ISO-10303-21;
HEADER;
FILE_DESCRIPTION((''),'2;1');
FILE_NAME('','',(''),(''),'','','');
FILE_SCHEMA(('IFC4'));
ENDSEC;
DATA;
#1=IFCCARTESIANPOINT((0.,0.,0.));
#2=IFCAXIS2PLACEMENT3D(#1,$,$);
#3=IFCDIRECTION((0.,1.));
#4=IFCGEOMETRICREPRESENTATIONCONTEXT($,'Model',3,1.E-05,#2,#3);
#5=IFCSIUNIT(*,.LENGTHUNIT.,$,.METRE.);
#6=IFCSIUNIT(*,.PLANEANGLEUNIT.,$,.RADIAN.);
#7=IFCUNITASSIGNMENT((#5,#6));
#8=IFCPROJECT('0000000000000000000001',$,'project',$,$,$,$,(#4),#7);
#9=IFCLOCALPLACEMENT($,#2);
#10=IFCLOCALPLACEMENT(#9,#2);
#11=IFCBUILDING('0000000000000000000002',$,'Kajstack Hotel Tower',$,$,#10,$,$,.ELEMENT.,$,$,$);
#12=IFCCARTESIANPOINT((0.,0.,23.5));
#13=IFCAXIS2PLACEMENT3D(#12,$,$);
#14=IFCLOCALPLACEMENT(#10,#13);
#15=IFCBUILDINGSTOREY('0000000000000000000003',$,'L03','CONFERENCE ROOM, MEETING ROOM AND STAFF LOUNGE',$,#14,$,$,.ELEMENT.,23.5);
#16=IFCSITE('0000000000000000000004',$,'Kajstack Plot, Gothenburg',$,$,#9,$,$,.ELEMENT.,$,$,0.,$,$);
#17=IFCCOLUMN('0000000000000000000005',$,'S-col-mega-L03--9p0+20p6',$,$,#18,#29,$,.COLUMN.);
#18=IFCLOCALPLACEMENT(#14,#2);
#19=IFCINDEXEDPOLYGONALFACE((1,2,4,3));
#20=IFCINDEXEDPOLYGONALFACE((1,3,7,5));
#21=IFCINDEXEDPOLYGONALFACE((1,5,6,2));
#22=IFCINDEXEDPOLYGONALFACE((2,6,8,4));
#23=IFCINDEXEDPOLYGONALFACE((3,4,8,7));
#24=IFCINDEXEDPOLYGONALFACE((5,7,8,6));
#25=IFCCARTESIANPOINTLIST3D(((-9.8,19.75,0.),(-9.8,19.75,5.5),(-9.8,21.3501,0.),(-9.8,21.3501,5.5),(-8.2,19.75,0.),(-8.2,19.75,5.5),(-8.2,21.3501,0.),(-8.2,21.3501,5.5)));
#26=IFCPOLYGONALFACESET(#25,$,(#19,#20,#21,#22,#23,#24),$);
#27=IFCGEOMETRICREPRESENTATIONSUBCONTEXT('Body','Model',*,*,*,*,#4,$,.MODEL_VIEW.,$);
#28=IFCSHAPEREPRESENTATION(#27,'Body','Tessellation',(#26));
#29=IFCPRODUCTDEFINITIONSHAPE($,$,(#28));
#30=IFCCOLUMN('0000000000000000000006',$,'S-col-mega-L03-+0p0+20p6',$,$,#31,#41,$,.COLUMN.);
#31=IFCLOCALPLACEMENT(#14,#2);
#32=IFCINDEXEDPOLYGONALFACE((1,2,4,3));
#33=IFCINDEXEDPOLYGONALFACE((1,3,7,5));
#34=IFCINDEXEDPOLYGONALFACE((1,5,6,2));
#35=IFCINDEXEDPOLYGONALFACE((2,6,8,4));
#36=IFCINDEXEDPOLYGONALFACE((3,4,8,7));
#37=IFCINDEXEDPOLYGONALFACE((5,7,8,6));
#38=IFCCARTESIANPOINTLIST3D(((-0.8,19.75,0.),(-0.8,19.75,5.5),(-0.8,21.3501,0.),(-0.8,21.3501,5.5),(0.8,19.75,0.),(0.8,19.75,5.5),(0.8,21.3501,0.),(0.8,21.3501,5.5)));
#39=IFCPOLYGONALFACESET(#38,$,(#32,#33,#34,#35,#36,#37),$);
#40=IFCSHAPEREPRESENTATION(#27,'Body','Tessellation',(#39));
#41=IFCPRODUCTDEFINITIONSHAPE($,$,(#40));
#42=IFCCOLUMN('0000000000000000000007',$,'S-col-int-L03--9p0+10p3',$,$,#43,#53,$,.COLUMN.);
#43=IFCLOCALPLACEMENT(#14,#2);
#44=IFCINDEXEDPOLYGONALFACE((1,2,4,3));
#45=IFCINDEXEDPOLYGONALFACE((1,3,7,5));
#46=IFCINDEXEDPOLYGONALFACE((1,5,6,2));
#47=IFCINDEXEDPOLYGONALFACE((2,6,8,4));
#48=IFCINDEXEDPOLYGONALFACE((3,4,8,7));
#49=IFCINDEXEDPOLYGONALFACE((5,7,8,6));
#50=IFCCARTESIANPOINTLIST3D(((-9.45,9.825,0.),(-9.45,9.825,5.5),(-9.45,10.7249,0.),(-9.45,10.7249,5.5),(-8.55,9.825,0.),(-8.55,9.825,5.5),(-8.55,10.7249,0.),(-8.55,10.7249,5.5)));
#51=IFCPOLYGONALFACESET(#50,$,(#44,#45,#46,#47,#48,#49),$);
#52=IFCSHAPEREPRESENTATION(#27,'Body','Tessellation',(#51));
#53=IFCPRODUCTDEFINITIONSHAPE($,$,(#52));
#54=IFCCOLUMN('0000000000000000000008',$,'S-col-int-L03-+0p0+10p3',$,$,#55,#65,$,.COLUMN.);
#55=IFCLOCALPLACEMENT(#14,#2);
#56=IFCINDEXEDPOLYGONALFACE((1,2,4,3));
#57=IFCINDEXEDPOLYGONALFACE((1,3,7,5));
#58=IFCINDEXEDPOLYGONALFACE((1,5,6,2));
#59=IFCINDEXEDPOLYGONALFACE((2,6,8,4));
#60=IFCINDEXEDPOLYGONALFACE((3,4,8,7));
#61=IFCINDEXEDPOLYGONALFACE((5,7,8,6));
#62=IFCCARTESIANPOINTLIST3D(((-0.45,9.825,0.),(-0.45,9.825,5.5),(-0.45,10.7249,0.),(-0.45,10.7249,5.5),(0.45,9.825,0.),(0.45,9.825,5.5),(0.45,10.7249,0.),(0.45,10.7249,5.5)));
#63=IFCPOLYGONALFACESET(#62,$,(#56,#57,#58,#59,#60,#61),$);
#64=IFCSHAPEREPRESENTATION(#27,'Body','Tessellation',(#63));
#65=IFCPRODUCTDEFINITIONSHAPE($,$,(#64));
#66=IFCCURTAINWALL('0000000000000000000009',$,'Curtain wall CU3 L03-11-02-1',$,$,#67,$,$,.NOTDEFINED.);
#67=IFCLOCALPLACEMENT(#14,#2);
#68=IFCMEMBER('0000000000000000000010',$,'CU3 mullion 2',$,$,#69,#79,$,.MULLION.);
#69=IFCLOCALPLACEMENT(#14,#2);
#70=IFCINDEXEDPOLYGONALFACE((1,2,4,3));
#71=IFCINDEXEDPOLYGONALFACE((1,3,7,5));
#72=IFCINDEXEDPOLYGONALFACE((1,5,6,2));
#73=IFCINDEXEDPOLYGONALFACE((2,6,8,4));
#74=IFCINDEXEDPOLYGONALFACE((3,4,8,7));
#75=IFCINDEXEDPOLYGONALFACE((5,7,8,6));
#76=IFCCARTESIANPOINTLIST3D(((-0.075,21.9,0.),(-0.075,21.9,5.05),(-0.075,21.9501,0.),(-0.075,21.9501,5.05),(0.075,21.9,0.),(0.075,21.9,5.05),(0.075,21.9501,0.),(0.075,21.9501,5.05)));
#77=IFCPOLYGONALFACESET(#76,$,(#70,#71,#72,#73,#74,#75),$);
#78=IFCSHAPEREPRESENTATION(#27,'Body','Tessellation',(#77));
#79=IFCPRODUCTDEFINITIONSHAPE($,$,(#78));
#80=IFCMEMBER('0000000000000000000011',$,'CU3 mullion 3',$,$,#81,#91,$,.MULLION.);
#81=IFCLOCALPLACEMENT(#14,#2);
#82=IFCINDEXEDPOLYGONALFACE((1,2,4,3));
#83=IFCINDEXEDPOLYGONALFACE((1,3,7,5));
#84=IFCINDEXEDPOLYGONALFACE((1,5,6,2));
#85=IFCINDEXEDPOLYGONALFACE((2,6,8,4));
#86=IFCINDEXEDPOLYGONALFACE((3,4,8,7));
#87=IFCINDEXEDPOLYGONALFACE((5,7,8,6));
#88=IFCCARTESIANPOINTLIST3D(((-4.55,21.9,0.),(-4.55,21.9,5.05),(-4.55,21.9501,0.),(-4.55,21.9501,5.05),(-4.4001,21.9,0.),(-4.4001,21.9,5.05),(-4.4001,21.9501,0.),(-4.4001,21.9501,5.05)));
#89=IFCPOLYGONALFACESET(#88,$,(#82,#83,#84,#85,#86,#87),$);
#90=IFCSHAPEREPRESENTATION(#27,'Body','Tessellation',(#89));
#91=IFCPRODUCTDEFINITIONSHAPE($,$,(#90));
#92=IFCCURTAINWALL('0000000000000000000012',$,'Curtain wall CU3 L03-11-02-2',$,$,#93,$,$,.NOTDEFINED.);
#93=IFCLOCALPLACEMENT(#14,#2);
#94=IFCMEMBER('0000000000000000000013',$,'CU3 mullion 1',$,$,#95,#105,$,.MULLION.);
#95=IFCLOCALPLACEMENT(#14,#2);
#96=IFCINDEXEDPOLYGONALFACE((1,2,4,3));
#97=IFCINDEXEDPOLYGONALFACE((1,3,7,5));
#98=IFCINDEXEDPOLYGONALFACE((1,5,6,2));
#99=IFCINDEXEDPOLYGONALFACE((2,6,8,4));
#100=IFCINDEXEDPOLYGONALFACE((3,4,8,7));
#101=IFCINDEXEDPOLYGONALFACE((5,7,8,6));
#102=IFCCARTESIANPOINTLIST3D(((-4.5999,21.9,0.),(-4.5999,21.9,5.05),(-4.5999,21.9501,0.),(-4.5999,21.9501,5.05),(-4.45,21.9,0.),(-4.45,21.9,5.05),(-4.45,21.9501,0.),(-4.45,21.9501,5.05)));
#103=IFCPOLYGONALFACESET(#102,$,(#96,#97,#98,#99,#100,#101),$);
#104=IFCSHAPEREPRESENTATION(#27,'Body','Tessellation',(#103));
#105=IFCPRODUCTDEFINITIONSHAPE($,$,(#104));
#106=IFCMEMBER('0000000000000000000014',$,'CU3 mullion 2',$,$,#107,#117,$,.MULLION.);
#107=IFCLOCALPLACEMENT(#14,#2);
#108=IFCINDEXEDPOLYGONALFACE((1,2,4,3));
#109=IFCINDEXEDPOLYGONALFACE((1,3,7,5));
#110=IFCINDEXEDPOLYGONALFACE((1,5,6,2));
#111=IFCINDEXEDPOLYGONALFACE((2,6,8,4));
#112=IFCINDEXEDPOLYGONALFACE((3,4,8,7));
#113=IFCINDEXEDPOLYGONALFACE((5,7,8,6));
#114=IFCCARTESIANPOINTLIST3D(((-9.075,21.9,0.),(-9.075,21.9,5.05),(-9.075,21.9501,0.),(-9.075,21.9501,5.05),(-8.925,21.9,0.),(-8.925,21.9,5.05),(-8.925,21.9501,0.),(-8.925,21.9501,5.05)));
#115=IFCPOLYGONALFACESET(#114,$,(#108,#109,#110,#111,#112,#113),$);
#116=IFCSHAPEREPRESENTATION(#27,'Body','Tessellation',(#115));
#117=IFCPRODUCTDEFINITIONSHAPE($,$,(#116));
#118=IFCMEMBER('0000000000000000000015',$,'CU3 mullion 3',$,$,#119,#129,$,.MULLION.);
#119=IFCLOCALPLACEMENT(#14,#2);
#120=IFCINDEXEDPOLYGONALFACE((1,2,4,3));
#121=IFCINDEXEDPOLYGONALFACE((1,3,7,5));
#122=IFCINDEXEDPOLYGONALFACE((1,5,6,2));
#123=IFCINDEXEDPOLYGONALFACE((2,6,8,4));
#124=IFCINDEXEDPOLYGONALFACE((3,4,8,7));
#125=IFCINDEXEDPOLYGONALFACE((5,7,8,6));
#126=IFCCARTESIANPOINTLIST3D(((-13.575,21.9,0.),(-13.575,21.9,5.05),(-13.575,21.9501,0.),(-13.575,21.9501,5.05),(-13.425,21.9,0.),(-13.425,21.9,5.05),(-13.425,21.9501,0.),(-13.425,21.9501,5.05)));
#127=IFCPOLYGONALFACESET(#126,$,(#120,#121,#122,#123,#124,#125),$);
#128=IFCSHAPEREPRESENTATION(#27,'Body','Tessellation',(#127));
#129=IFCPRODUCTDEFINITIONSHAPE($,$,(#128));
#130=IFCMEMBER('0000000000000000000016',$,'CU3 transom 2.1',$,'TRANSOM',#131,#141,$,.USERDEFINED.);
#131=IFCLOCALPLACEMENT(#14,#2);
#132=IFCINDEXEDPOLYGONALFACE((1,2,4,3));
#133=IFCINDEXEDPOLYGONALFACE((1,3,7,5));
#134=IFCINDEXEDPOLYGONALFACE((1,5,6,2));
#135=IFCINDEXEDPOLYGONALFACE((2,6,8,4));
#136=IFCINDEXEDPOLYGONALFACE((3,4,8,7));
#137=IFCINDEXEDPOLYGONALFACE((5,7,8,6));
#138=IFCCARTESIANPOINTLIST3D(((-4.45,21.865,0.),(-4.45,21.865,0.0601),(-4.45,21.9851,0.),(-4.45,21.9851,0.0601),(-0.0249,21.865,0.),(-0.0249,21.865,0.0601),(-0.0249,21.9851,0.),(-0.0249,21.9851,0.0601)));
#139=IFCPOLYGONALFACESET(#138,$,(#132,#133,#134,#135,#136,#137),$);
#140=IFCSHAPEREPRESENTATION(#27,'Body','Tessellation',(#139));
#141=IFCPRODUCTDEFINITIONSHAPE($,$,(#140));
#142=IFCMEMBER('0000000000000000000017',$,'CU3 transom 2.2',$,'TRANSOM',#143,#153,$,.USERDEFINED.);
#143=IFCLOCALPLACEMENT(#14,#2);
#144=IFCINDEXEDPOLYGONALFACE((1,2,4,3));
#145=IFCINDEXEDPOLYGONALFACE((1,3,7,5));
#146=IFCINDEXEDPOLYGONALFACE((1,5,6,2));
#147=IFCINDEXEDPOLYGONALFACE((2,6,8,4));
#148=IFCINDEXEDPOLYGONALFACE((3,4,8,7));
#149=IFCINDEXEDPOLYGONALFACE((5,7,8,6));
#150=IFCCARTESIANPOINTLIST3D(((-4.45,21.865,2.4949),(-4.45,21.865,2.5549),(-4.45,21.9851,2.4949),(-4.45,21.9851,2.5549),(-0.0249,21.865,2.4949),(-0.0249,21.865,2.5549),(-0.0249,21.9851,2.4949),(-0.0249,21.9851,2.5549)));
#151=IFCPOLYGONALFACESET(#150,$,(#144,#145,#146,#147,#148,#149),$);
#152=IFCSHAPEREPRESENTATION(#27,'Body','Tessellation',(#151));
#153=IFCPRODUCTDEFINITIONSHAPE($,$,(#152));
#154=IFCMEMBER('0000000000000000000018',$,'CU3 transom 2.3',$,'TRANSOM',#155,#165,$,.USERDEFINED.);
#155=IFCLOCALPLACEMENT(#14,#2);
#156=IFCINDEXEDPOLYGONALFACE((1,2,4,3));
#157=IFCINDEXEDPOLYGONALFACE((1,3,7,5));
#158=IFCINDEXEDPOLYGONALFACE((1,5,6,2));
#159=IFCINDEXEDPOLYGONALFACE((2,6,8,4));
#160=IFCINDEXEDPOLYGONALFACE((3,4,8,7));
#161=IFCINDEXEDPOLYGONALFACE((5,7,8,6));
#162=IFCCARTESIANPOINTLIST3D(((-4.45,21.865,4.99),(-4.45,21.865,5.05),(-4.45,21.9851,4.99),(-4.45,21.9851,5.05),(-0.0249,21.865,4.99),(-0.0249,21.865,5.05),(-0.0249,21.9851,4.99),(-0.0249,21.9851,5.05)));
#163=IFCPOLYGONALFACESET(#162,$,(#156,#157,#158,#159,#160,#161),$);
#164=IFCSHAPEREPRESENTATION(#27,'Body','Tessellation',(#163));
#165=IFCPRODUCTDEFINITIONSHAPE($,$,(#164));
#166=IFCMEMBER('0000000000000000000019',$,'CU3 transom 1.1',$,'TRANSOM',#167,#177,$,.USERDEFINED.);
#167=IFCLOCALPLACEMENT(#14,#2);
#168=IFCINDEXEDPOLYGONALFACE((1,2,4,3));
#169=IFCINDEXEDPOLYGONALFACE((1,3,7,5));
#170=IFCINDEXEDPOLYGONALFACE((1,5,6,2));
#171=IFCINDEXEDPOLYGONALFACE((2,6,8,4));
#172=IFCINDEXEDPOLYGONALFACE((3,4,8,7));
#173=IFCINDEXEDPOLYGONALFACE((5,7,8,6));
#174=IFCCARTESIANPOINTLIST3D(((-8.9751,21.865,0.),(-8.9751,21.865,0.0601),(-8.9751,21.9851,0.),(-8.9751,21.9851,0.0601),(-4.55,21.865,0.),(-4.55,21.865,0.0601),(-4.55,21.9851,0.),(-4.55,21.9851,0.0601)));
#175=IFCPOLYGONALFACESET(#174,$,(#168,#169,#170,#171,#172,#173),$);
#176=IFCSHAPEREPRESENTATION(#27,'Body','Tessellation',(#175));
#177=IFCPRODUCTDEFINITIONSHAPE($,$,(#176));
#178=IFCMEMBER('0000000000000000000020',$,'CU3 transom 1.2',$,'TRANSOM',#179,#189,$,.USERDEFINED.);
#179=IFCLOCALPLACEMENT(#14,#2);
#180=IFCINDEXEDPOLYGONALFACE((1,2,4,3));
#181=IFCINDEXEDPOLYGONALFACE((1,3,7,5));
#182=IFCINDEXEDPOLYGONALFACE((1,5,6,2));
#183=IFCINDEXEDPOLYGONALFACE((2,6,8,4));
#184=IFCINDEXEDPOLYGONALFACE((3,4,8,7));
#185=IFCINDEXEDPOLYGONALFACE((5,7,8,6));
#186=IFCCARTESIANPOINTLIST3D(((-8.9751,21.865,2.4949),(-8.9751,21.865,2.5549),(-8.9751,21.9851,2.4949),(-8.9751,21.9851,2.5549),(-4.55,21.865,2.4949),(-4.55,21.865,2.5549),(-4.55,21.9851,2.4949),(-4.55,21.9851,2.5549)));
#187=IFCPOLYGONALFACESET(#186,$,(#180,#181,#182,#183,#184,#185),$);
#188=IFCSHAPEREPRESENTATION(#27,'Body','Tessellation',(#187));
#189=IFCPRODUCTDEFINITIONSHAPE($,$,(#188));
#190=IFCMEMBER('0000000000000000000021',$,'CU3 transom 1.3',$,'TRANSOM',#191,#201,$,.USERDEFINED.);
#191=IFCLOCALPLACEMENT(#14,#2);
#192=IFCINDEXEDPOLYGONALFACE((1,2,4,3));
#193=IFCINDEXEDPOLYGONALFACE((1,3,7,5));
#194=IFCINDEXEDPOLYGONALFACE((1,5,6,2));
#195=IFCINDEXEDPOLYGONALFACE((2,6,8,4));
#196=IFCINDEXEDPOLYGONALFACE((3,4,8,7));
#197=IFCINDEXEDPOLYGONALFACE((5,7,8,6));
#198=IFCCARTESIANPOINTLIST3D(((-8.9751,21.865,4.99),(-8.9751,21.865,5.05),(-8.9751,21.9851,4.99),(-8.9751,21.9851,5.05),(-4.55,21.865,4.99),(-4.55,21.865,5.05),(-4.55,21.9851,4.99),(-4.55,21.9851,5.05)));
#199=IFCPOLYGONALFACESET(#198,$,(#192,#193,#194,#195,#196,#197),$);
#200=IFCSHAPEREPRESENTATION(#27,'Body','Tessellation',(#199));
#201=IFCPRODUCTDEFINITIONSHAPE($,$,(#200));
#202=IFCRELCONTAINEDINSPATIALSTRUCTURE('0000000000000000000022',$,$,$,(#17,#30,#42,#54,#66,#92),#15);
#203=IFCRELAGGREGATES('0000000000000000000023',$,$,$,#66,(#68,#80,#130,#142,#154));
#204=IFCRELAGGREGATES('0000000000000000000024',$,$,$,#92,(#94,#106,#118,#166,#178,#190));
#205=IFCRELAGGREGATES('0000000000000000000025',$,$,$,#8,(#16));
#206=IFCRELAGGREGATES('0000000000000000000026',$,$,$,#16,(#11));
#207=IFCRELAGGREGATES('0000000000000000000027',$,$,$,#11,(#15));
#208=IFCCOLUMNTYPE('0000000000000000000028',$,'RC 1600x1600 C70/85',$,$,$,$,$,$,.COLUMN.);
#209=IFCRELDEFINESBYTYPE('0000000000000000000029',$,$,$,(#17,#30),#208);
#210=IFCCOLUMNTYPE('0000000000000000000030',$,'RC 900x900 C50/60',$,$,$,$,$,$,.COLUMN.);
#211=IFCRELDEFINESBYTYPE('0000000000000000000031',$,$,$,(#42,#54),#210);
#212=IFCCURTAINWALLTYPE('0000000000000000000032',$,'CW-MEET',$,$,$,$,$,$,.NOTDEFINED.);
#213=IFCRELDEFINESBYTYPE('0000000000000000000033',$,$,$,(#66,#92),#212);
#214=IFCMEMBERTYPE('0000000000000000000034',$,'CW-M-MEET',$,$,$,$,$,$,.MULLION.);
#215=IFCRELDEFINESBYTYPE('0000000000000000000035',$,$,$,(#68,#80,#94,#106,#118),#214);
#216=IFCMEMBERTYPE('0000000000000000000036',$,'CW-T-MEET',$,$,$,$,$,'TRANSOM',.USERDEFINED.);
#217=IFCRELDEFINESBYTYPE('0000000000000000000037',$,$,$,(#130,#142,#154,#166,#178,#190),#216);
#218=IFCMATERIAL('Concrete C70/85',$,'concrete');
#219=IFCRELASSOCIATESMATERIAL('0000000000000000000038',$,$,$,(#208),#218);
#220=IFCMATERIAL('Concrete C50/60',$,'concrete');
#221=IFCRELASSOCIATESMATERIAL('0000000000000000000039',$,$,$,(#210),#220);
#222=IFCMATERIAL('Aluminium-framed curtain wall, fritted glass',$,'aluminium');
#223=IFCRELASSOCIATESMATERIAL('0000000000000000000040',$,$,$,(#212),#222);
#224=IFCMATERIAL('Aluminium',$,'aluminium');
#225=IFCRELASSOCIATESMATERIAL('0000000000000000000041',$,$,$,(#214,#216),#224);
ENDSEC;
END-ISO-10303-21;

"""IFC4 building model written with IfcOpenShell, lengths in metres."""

from ifc_helpers import new_model, si_unit, direction, frame, origin, origin_2d, place, context, subcontext, project, spatial, rectangle, extrude, material, material_profile, profile_set, type_object, element, aggregate, save


model = new_model("IFC4")

# Units and contexts
model_context = context("Model", 3, precision=1e-05, world=origin(), true_north=direction((0.0, 1.0)))
body_context = subcontext(model_context, "Body", "Model", "MODEL_VIEW")
ifc_project = project(units=[si_unit("LENGTHUNIT", "METRE"), si_unit("PLANEANGLEUNIT", "RADIAN")], contexts=[model_context])

# Site, building, storey
site_placement = place(None, origin())
site = spatial("IfcSite", under=ifc_project, at=site_placement, Name="Kajstack Plot, Gothenburg", CompositionType="ELEMENT", RefElevation=0.0)
building_placement = place(site_placement, origin())
building = spatial("IfcBuilding", under=site, at=building_placement, Name="Kajstack Hotel Tower", CompositionType="ELEMENT")
storey_placement = place(building_placement, frame((0.0, 0.0, 23.5)))
storey = spatial("IfcBuildingStorey", under=building, at=storey_placement, Name="L03", Description="CONFERENCE ROOM, MEETING ROOM AND STAFF LOUNGE", CompositionType="ELEMENT", Elevation=23.5)

# Columns
ifc_material_1 = material(Name="Concrete C70/85", Category="concrete")
ifc_material_profile_1 = material_profile(ifc_material_1, rectangle(XDim=1.6001, YDim=1.6001, at=origin_2d()), Name="RC 1600x1600")
ifc_profile_set_1 = profile_set([ifc_material_profile_1], Name="Concrete C70/85")
column_type_1 = type_object("IfcColumnType", Name="RC 1600x1600 C70/85", PredefinedType="COLUMN", material=ifc_profile_set_1)
for number, where, z_axis, x_axis, name in (
    (1, (-9.0, 20.55, 0.0), (0.0, 0.0, 1.0), (1.0, 0.0, 0.0), "S-col-mega-L03--9p0+20p6"),
    (2, (0.0, 20.55, 0.0), (0.0, 0.0, 1.0), (1.0, 0.0, 0.0), "S-col-mega-L03-+0p0+20p6"),
):
    element("IfcColumn", number, at=place(storey_placement, frame(where, z_axis=z_axis, x_axis=x_axis)), inside=storey, type_object=column_type_1, Name=name, PredefinedType="COLUMN", context=body_context, shape_type="SweptSolid", body=[
        extrude(rectangle(XDim=1.6001, YDim=1.6001, at=origin_2d()), origin(), (0.0, 0.0, 1.0), 5.5),
    ])
ifc_material_2 = material(Name="Concrete C50/60", Category="concrete")
ifc_material_profile_2 = material_profile(ifc_material_2, rectangle(XDim=0.8999, YDim=0.8999, at=origin_2d()), Name="RC 900x900")
ifc_profile_set_2 = profile_set([ifc_material_profile_2], Name="Concrete C50/60")
column_type_2 = type_object("IfcColumnType", Name="RC 900x900 C50/60", PredefinedType="COLUMN", material=ifc_profile_set_2)
for number, where, z_axis, x_axis, name in (
    (3, (-9.0, 10.2749, 0.0), (0.0, 0.0, 1.0), (1.0, 0.0, 0.0), "S-col-int-L03--9p0+10p3"),
    (4, (0.0, 10.2749, 0.0), (0.0, 0.0, 1.0), (1.0, 0.0, 0.0), "S-col-int-L03-+0p0+10p3"),
):
    element("IfcColumn", number, at=place(storey_placement, frame(where, z_axis=z_axis, x_axis=x_axis)), inside=storey, type_object=column_type_2, Name=name, PredefinedType="COLUMN", context=body_context, shape_type="SweptSolid", body=[
        extrude(rectangle(XDim=0.8999, YDim=0.8999, at=origin_2d()), origin(), (0.0, 0.0, 1.0), 5.5),
    ])

# Curtain walls, members
ifc_material_3 = material(Name="Aluminium-framed curtain wall, fritted glass", Category="aluminium")
curtain_wall_type = type_object("IfcCurtainWallType", Name="CW-MEET", PredefinedType="NOTDEFINED", material=ifc_material_3)
curtain_wall_1_placement = place(storey_placement, origin())
curtain_wall_1 = element("IfcCurtainWall", 5, at=curtain_wall_1_placement, inside=storey, type_object=curtain_wall_type, Name="Curtain wall CU3 L03-11-02-1", PredefinedType="NOTDEFINED")
ifc_material_4 = material(Name="Aluminium", Category="aluminium")
ifc_material_profile_3 = material_profile(ifc_material_4, rectangle(XDim=0.05, YDim=0.1499, at=origin_2d()), Name="Aluminium mullion 50 x 150")
ifc_profile_set_3 = profile_set([ifc_material_profile_3], Name="Aluminium")
member_type_1 = type_object("IfcMemberType", Name="CW-M-MEET", PredefinedType="MULLION", material=ifc_profile_set_3)
member_1_placement = place(storey_placement, frame((0.0, 21.925, 0.0), z_axis=(0.0, 0.0, 1.0), x_axis=(0.0, -1.0, 0.0)))
member_1 = element("IfcMember", 6, at=member_1_placement, type_object=member_type_1, Name="CU3 mullion 2", PredefinedType="MULLION", context=body_context, shape_type="SweptSolid", body=[
    extrude(rectangle(XDim=0.05, YDim=0.1499, at=origin_2d()), origin(), (0.0, 0.0, 1.0), 5.05),
])
member_2_placement = place(storey_placement, frame((-4.4751, 21.925, 0.0), z_axis=(0.0, 0.0, 1.0), x_axis=(0.0, -1.0, 0.0)))
member_2 = element("IfcMember", 7, at=member_2_placement, type_object=member_type_1, Name="CU3 mullion 3", PredefinedType="MULLION", context=body_context, shape_type="SweptSolid", body=[
    extrude(rectangle(XDim=0.05, YDim=0.1499, at=origin_2d()), origin(), (0.0, 0.0, 1.0), 5.05),
])
curtain_wall_2_placement = place(storey_placement, origin())
curtain_wall_2 = element("IfcCurtainWall", 8, at=curtain_wall_2_placement, inside=storey, type_object=curtain_wall_type, Name="Curtain wall CU3 L03-11-02-2", PredefinedType="NOTDEFINED")
member_3_placement = place(storey_placement, frame((-4.5249, 21.925, 0.0), z_axis=(0.0, 0.0, 1.0), x_axis=(0.0, -1.0, 0.0)))
member_3 = element("IfcMember", 9, at=member_3_placement, type_object=member_type_1, Name="CU3 mullion 1", PredefinedType="MULLION", context=body_context, shape_type="SweptSolid", body=[
    extrude(rectangle(XDim=0.05, YDim=0.1499, at=origin_2d()), origin(), (0.0, 0.0, 1.0), 5.05),
])
member_4_placement = place(storey_placement, frame((-9.0, 21.925, 0.0), z_axis=(0.0, 0.0, 1.0), x_axis=(0.0, -1.0, 0.0)))
member_4 = element("IfcMember", 10, at=member_4_placement, type_object=member_type_1, Name="CU3 mullion 2", PredefinedType="MULLION", context=body_context, shape_type="SweptSolid", body=[
    extrude(rectangle(XDim=0.05, YDim=0.1499, at=origin_2d()), origin(), (0.0, 0.0, 1.0), 5.05),
])
member_5_placement = place(storey_placement, frame((-13.5, 21.925, 0.0), z_axis=(0.0, 0.0, 1.0), x_axis=(0.0, -1.0, 0.0)))
member_5 = element("IfcMember", 11, at=member_5_placement, type_object=member_type_1, Name="CU3 mullion 3", PredefinedType="MULLION", context=body_context, shape_type="SweptSolid", body=[
    extrude(rectangle(XDim=0.05, YDim=0.1499, at=origin_2d()), origin(), (0.0, 0.0, 1.0), 5.05),
])

# Members
ifc_material_profile_4 = material_profile(ifc_material_4, rectangle(XDim=0.1201, YDim=0.0601, at=origin_2d()), Name="Aluminium transom 120 x 60")
ifc_profile_set_4 = profile_set([ifc_material_profile_4], Name="Aluminium")
member_type_2 = type_object("IfcMemberType", Name="CW-T-MEET", ElementType="TRANSOM", PredefinedType="USERDEFINED", material=ifc_profile_set_4)
member_6_placement = place(storey_placement, frame((-0.0249, 21.925, 0.03), z_axis=(-1.0, 0.0, 0.0), x_axis=(0.0, -1.0, 0.0)))
member_6 = element("IfcMember", 12, at=member_6_placement, type_object=member_type_2, Name="CU3 transom 2.1", ObjectType="TRANSOM", PredefinedType="USERDEFINED", context=body_context, shape_type="SweptSolid", body=[
    extrude(rectangle(XDim=0.1201, YDim=0.0601, at=origin_2d()), origin(), (0.0, 0.0, 1.0), 4.425),
])
member_7_placement = place(storey_placement, frame((-0.0249, 21.925, 2.5249), z_axis=(-1.0, 0.0, 0.0), x_axis=(0.0, -1.0, 0.0)))
member_7 = element("IfcMember", 13, at=member_7_placement, type_object=member_type_2, Name="CU3 transom 2.2", ObjectType="TRANSOM", PredefinedType="USERDEFINED", context=body_context, shape_type="SweptSolid", body=[
    extrude(rectangle(XDim=0.1201, YDim=0.0601, at=origin_2d()), origin(), (0.0, 0.0, 1.0), 4.425),
])
member_8_placement = place(storey_placement, frame((-0.0249, 21.925, 5.02), z_axis=(-1.0, 0.0, 0.0), x_axis=(0.0, -1.0, 0.0)))
member_8 = element("IfcMember", 14, at=member_8_placement, type_object=member_type_2, Name="CU3 transom 2.3", ObjectType="TRANSOM", PredefinedType="USERDEFINED", context=body_context, shape_type="SweptSolid", body=[
    extrude(rectangle(XDim=0.1201, YDim=0.0601, at=origin_2d()), origin(), (0.0, 0.0, 1.0), 4.425),
])
member_9_placement = place(storey_placement, frame((-4.55, 21.925, 0.03), z_axis=(-1.0, 0.0, 0.0), x_axis=(0.0, -1.0, 0.0)))
member_9 = element("IfcMember", 15, at=member_9_placement, type_object=member_type_2, Name="CU3 transom 1.1", ObjectType="TRANSOM", PredefinedType="USERDEFINED", context=body_context, shape_type="SweptSolid", body=[
    extrude(rectangle(XDim=0.1201, YDim=0.0601, at=origin_2d()), origin(), (0.0, 0.0, 1.0), 4.425),
])
member_10_placement = place(storey_placement, frame((-4.55, 21.925, 2.5249), z_axis=(-1.0, 0.0, 0.0), x_axis=(0.0, -1.0, 0.0)))
member_10 = element("IfcMember", 16, at=member_10_placement, type_object=member_type_2, Name="CU3 transom 1.2", ObjectType="TRANSOM", PredefinedType="USERDEFINED", context=body_context, shape_type="SweptSolid", body=[
    extrude(rectangle(XDim=0.1201, YDim=0.0601, at=origin_2d()), origin(), (0.0, 0.0, 1.0), 4.425),
])
member_11_placement = place(storey_placement, frame((-4.55, 21.925, 5.02), z_axis=(-1.0, 0.0, 0.0), x_axis=(0.0, -1.0, 0.0)))
member_11 = element("IfcMember", 17, at=member_11_placement, type_object=member_type_2, Name="CU3 transom 1.3", ObjectType="TRANSOM", PredefinedType="USERDEFINED", context=body_context, shape_type="SweptSolid", body=[
    extrude(rectangle(XDim=0.1201, YDim=0.0601, at=origin_2d()), origin(), (0.0, 0.0, 1.0), 4.425),
])

aggregate(curtain_wall_1, [member_1, member_2, member_6, member_7, member_8])
aggregate(curtain_wall_2, [member_3, member_4, member_5, member_9, member_10, member_11])

save(model, "model.ifc")
